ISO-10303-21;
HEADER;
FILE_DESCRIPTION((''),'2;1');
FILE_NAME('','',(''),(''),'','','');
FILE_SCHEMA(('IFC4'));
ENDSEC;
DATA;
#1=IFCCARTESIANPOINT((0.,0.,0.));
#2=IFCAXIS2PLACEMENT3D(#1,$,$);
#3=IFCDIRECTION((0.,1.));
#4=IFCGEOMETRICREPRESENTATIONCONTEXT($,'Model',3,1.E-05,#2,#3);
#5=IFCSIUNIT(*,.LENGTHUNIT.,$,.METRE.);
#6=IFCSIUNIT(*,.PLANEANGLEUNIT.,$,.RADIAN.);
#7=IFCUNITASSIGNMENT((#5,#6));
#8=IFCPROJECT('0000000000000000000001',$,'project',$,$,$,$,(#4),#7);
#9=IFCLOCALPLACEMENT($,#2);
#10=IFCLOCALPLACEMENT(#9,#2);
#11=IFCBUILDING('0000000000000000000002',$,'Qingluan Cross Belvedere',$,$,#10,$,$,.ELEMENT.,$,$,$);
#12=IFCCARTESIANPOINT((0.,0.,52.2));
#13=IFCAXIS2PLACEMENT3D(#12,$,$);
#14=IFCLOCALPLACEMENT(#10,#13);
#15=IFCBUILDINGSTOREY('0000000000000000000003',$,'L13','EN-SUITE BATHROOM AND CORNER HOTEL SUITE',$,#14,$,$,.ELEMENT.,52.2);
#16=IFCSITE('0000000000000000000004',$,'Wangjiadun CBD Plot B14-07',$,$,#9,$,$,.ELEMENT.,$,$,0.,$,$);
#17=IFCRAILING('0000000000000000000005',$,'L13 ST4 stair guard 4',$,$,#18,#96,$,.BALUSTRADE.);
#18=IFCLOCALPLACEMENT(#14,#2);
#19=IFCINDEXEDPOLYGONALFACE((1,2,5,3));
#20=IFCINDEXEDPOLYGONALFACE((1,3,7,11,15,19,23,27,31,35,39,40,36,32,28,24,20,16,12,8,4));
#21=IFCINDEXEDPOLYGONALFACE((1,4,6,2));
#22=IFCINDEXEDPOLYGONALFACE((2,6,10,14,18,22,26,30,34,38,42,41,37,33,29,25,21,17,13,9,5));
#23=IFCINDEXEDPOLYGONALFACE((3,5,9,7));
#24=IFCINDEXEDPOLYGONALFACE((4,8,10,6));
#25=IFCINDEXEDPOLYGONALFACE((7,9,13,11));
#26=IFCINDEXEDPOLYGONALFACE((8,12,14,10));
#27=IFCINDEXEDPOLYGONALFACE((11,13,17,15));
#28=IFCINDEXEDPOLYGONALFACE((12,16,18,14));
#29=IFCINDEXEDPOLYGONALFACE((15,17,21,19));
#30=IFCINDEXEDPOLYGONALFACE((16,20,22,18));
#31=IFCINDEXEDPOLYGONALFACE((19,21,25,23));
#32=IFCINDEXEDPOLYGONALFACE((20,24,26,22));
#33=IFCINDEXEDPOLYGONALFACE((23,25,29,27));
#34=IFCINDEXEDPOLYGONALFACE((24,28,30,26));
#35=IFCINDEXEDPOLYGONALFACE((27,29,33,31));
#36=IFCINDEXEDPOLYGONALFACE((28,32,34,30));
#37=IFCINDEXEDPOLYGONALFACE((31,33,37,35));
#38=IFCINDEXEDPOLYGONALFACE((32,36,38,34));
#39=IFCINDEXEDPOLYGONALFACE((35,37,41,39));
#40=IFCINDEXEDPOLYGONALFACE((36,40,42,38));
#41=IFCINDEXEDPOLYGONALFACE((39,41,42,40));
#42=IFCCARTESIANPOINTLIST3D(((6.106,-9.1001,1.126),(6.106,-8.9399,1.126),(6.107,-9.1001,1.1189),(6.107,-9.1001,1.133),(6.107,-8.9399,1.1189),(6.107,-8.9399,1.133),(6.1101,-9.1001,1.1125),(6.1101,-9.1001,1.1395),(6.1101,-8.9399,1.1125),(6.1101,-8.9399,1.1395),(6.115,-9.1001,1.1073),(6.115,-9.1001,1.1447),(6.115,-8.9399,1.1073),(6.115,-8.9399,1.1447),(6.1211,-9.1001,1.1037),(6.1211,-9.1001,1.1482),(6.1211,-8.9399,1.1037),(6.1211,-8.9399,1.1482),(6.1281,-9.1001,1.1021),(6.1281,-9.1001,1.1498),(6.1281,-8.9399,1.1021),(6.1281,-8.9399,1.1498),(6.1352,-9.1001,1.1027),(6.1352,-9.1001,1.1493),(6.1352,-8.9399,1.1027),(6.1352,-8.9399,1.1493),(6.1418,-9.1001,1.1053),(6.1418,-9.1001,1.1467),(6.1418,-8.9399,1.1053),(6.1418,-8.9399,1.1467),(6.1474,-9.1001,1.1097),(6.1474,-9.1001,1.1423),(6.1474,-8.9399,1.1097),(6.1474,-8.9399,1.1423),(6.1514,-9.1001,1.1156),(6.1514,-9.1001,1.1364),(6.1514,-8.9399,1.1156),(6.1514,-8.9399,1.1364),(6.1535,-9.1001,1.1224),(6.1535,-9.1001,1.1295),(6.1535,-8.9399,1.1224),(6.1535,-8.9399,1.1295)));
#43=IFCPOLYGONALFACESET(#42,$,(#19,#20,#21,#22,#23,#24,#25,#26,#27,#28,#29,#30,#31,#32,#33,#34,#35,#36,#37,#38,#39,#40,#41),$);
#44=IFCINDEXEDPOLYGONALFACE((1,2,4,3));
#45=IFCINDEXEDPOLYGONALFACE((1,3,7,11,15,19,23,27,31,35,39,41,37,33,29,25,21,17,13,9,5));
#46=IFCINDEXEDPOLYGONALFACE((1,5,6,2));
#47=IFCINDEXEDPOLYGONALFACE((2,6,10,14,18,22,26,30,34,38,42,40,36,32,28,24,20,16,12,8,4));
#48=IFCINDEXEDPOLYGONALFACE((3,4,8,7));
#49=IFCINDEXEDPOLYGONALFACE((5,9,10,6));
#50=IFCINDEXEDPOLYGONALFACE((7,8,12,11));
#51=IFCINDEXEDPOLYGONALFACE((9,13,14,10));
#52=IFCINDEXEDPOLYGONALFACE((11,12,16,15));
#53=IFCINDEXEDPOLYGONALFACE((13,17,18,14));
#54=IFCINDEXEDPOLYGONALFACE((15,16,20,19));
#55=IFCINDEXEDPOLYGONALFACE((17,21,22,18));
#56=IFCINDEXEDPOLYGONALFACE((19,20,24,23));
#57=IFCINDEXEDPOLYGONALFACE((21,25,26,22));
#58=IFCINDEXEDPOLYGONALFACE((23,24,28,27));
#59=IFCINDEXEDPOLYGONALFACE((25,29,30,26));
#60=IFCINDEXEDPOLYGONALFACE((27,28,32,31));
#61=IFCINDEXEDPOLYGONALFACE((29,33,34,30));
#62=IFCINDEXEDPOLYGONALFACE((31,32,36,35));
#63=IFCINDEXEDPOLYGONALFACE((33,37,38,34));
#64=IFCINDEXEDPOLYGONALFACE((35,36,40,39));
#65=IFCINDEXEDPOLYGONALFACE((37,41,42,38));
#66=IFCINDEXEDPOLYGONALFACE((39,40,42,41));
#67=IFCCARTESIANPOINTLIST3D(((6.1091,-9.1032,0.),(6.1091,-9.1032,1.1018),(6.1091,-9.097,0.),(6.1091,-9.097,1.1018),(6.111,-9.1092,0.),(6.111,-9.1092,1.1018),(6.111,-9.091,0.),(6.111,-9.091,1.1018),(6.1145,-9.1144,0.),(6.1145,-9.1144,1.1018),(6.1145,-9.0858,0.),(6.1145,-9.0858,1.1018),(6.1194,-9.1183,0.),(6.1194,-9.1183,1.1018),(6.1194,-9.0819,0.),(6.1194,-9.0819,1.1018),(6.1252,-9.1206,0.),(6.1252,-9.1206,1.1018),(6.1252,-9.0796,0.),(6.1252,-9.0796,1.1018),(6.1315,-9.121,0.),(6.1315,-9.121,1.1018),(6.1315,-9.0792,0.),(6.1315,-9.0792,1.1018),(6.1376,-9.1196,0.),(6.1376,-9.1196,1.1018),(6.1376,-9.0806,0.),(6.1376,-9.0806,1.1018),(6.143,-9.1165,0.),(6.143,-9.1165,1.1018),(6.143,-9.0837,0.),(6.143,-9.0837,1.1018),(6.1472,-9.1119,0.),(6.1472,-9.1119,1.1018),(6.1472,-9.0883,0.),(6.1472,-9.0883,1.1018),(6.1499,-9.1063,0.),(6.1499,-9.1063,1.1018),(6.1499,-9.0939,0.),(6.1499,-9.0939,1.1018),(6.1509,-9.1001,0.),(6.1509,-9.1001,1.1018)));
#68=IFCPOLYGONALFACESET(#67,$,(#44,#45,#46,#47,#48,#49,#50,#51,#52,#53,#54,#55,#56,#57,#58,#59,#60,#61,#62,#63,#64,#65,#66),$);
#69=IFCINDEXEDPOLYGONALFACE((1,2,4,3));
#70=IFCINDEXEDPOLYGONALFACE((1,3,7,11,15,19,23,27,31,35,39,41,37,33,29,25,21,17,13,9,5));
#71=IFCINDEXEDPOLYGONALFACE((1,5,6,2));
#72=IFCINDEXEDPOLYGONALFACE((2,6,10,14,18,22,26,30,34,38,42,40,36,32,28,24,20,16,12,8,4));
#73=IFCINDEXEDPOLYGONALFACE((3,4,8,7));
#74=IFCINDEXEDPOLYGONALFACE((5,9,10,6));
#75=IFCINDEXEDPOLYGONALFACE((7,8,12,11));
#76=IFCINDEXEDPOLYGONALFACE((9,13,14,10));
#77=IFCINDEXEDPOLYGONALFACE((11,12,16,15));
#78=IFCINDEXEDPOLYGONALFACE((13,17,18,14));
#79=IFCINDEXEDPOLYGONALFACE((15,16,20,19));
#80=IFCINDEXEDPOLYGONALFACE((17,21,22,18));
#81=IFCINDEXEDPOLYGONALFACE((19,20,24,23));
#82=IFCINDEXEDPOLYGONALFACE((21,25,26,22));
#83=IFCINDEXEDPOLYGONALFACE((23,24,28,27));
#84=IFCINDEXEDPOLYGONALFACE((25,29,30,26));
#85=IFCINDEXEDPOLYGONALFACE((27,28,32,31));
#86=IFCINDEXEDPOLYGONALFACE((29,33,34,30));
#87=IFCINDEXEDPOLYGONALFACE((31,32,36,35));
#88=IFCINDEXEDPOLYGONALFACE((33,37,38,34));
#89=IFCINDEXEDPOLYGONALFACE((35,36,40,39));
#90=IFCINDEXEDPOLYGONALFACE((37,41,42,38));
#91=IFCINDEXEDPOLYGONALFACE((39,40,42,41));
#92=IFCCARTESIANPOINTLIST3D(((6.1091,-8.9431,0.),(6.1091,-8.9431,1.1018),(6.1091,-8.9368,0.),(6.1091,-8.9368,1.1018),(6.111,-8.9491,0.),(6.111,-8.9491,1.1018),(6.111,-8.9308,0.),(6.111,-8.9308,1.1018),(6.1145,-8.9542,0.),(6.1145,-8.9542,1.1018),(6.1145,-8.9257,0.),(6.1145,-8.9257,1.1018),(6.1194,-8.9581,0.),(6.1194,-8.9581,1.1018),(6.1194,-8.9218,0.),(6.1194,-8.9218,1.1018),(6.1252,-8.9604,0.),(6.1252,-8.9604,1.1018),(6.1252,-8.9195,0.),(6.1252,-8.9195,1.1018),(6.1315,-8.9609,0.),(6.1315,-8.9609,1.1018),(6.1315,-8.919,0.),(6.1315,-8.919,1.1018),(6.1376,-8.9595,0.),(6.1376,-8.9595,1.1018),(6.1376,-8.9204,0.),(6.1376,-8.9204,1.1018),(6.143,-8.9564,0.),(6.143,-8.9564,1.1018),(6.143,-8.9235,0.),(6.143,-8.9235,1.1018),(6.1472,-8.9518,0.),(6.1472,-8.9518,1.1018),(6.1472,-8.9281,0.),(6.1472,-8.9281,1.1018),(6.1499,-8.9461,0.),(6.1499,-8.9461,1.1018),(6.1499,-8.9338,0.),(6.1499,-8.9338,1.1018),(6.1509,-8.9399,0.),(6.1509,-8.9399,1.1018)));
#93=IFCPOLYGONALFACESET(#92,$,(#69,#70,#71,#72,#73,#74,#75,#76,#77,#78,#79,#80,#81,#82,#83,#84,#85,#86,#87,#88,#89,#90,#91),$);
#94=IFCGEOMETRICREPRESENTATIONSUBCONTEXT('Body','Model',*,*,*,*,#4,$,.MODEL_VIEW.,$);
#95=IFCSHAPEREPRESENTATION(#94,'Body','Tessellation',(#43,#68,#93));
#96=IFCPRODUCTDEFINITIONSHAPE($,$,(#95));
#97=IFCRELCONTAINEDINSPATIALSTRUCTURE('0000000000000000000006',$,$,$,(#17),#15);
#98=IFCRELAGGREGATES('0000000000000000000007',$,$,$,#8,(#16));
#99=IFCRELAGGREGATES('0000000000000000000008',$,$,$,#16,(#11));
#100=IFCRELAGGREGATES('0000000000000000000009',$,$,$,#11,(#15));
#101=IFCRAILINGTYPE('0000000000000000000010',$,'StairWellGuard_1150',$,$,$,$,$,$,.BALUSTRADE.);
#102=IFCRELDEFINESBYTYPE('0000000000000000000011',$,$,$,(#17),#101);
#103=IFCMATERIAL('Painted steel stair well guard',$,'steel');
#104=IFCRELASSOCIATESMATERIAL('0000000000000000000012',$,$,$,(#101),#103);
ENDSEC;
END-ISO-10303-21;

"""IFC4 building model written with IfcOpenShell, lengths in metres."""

from ifc_helpers import new_model, si_unit, direction, frame, origin, origin_2d, place, context, subcontext, project, spatial, circle, extrude, material, type_object, element, save


model = new_model("IFC4")

# Units and contexts
model_context = context("Model", 3, precision=1e-05, world=origin(), true_north=direction((0.0, 1.0)))
body_context = subcontext(model_context, "Body", "Model", "MODEL_VIEW")
ifc_project = project(units=[si_unit("LENGTHUNIT", "METRE"), si_unit("PLANEANGLEUNIT", "RADIAN")], contexts=[model_context])

# Site, building, storey
site_placement = place(None, origin())
site = spatial("IfcSite", under=ifc_project, at=site_placement, Name="Wangjiadun CBD Plot B14-07", CompositionType="ELEMENT", RefElevation=0.0)
building_placement = place(site_placement, origin())
building = spatial("IfcBuilding", under=site, at=building_placement, Name="Qingluan Cross Belvedere", CompositionType="ELEMENT")
storey_placement = place(building_placement, frame((0.0, 0.0, 52.2)))
storey = spatial("IfcBuildingStorey", under=building, at=storey_placement, Name="L13", Description="EN-SUITE BATHROOM AND CORNER HOTEL SUITE", CompositionType="ELEMENT", Elevation=52.2)

# Railing
ifc_material_1 = material(Name="Painted steel stair well guard", Category="steel")
railing_type_1 = type_object("IfcRailingType", Name="StairWellGuard_1150", PredefinedType="BALUSTRADE", material=ifc_material_1)
railing_1_placement = place(storey_placement, frame((6.1299, -9.1001, 0.0)))
element("IfcRailing", 1, at=railing_1_placement, inside=storey, type_object=railing_type_1, Name="L13 ST4 stair guard 4", PredefinedType="BALUSTRADE", context=body_context, shape_type="SweptSolid", body=[
    extrude(circle(Radius=0.0239, at=origin_2d()), frame((0.0, 0.0, 1.126), z_axis=(0.0, 1.0, 0.0), x_axis=(-1.0, 0.0, 0.0)), (0.0, 0.0, 1.0), 0.1602),
    extrude(circle(Radius=0.021, at=origin_2d()), origin(), (0.0, 0.0, 1.0), 1.1018),
    extrude(circle(Radius=0.021, at=origin_2d()), frame((0.0, 0.1602, 0.0)), (0.0, 0.0, 1.0), 1.1018),
])

save(model, "model.ifc")
